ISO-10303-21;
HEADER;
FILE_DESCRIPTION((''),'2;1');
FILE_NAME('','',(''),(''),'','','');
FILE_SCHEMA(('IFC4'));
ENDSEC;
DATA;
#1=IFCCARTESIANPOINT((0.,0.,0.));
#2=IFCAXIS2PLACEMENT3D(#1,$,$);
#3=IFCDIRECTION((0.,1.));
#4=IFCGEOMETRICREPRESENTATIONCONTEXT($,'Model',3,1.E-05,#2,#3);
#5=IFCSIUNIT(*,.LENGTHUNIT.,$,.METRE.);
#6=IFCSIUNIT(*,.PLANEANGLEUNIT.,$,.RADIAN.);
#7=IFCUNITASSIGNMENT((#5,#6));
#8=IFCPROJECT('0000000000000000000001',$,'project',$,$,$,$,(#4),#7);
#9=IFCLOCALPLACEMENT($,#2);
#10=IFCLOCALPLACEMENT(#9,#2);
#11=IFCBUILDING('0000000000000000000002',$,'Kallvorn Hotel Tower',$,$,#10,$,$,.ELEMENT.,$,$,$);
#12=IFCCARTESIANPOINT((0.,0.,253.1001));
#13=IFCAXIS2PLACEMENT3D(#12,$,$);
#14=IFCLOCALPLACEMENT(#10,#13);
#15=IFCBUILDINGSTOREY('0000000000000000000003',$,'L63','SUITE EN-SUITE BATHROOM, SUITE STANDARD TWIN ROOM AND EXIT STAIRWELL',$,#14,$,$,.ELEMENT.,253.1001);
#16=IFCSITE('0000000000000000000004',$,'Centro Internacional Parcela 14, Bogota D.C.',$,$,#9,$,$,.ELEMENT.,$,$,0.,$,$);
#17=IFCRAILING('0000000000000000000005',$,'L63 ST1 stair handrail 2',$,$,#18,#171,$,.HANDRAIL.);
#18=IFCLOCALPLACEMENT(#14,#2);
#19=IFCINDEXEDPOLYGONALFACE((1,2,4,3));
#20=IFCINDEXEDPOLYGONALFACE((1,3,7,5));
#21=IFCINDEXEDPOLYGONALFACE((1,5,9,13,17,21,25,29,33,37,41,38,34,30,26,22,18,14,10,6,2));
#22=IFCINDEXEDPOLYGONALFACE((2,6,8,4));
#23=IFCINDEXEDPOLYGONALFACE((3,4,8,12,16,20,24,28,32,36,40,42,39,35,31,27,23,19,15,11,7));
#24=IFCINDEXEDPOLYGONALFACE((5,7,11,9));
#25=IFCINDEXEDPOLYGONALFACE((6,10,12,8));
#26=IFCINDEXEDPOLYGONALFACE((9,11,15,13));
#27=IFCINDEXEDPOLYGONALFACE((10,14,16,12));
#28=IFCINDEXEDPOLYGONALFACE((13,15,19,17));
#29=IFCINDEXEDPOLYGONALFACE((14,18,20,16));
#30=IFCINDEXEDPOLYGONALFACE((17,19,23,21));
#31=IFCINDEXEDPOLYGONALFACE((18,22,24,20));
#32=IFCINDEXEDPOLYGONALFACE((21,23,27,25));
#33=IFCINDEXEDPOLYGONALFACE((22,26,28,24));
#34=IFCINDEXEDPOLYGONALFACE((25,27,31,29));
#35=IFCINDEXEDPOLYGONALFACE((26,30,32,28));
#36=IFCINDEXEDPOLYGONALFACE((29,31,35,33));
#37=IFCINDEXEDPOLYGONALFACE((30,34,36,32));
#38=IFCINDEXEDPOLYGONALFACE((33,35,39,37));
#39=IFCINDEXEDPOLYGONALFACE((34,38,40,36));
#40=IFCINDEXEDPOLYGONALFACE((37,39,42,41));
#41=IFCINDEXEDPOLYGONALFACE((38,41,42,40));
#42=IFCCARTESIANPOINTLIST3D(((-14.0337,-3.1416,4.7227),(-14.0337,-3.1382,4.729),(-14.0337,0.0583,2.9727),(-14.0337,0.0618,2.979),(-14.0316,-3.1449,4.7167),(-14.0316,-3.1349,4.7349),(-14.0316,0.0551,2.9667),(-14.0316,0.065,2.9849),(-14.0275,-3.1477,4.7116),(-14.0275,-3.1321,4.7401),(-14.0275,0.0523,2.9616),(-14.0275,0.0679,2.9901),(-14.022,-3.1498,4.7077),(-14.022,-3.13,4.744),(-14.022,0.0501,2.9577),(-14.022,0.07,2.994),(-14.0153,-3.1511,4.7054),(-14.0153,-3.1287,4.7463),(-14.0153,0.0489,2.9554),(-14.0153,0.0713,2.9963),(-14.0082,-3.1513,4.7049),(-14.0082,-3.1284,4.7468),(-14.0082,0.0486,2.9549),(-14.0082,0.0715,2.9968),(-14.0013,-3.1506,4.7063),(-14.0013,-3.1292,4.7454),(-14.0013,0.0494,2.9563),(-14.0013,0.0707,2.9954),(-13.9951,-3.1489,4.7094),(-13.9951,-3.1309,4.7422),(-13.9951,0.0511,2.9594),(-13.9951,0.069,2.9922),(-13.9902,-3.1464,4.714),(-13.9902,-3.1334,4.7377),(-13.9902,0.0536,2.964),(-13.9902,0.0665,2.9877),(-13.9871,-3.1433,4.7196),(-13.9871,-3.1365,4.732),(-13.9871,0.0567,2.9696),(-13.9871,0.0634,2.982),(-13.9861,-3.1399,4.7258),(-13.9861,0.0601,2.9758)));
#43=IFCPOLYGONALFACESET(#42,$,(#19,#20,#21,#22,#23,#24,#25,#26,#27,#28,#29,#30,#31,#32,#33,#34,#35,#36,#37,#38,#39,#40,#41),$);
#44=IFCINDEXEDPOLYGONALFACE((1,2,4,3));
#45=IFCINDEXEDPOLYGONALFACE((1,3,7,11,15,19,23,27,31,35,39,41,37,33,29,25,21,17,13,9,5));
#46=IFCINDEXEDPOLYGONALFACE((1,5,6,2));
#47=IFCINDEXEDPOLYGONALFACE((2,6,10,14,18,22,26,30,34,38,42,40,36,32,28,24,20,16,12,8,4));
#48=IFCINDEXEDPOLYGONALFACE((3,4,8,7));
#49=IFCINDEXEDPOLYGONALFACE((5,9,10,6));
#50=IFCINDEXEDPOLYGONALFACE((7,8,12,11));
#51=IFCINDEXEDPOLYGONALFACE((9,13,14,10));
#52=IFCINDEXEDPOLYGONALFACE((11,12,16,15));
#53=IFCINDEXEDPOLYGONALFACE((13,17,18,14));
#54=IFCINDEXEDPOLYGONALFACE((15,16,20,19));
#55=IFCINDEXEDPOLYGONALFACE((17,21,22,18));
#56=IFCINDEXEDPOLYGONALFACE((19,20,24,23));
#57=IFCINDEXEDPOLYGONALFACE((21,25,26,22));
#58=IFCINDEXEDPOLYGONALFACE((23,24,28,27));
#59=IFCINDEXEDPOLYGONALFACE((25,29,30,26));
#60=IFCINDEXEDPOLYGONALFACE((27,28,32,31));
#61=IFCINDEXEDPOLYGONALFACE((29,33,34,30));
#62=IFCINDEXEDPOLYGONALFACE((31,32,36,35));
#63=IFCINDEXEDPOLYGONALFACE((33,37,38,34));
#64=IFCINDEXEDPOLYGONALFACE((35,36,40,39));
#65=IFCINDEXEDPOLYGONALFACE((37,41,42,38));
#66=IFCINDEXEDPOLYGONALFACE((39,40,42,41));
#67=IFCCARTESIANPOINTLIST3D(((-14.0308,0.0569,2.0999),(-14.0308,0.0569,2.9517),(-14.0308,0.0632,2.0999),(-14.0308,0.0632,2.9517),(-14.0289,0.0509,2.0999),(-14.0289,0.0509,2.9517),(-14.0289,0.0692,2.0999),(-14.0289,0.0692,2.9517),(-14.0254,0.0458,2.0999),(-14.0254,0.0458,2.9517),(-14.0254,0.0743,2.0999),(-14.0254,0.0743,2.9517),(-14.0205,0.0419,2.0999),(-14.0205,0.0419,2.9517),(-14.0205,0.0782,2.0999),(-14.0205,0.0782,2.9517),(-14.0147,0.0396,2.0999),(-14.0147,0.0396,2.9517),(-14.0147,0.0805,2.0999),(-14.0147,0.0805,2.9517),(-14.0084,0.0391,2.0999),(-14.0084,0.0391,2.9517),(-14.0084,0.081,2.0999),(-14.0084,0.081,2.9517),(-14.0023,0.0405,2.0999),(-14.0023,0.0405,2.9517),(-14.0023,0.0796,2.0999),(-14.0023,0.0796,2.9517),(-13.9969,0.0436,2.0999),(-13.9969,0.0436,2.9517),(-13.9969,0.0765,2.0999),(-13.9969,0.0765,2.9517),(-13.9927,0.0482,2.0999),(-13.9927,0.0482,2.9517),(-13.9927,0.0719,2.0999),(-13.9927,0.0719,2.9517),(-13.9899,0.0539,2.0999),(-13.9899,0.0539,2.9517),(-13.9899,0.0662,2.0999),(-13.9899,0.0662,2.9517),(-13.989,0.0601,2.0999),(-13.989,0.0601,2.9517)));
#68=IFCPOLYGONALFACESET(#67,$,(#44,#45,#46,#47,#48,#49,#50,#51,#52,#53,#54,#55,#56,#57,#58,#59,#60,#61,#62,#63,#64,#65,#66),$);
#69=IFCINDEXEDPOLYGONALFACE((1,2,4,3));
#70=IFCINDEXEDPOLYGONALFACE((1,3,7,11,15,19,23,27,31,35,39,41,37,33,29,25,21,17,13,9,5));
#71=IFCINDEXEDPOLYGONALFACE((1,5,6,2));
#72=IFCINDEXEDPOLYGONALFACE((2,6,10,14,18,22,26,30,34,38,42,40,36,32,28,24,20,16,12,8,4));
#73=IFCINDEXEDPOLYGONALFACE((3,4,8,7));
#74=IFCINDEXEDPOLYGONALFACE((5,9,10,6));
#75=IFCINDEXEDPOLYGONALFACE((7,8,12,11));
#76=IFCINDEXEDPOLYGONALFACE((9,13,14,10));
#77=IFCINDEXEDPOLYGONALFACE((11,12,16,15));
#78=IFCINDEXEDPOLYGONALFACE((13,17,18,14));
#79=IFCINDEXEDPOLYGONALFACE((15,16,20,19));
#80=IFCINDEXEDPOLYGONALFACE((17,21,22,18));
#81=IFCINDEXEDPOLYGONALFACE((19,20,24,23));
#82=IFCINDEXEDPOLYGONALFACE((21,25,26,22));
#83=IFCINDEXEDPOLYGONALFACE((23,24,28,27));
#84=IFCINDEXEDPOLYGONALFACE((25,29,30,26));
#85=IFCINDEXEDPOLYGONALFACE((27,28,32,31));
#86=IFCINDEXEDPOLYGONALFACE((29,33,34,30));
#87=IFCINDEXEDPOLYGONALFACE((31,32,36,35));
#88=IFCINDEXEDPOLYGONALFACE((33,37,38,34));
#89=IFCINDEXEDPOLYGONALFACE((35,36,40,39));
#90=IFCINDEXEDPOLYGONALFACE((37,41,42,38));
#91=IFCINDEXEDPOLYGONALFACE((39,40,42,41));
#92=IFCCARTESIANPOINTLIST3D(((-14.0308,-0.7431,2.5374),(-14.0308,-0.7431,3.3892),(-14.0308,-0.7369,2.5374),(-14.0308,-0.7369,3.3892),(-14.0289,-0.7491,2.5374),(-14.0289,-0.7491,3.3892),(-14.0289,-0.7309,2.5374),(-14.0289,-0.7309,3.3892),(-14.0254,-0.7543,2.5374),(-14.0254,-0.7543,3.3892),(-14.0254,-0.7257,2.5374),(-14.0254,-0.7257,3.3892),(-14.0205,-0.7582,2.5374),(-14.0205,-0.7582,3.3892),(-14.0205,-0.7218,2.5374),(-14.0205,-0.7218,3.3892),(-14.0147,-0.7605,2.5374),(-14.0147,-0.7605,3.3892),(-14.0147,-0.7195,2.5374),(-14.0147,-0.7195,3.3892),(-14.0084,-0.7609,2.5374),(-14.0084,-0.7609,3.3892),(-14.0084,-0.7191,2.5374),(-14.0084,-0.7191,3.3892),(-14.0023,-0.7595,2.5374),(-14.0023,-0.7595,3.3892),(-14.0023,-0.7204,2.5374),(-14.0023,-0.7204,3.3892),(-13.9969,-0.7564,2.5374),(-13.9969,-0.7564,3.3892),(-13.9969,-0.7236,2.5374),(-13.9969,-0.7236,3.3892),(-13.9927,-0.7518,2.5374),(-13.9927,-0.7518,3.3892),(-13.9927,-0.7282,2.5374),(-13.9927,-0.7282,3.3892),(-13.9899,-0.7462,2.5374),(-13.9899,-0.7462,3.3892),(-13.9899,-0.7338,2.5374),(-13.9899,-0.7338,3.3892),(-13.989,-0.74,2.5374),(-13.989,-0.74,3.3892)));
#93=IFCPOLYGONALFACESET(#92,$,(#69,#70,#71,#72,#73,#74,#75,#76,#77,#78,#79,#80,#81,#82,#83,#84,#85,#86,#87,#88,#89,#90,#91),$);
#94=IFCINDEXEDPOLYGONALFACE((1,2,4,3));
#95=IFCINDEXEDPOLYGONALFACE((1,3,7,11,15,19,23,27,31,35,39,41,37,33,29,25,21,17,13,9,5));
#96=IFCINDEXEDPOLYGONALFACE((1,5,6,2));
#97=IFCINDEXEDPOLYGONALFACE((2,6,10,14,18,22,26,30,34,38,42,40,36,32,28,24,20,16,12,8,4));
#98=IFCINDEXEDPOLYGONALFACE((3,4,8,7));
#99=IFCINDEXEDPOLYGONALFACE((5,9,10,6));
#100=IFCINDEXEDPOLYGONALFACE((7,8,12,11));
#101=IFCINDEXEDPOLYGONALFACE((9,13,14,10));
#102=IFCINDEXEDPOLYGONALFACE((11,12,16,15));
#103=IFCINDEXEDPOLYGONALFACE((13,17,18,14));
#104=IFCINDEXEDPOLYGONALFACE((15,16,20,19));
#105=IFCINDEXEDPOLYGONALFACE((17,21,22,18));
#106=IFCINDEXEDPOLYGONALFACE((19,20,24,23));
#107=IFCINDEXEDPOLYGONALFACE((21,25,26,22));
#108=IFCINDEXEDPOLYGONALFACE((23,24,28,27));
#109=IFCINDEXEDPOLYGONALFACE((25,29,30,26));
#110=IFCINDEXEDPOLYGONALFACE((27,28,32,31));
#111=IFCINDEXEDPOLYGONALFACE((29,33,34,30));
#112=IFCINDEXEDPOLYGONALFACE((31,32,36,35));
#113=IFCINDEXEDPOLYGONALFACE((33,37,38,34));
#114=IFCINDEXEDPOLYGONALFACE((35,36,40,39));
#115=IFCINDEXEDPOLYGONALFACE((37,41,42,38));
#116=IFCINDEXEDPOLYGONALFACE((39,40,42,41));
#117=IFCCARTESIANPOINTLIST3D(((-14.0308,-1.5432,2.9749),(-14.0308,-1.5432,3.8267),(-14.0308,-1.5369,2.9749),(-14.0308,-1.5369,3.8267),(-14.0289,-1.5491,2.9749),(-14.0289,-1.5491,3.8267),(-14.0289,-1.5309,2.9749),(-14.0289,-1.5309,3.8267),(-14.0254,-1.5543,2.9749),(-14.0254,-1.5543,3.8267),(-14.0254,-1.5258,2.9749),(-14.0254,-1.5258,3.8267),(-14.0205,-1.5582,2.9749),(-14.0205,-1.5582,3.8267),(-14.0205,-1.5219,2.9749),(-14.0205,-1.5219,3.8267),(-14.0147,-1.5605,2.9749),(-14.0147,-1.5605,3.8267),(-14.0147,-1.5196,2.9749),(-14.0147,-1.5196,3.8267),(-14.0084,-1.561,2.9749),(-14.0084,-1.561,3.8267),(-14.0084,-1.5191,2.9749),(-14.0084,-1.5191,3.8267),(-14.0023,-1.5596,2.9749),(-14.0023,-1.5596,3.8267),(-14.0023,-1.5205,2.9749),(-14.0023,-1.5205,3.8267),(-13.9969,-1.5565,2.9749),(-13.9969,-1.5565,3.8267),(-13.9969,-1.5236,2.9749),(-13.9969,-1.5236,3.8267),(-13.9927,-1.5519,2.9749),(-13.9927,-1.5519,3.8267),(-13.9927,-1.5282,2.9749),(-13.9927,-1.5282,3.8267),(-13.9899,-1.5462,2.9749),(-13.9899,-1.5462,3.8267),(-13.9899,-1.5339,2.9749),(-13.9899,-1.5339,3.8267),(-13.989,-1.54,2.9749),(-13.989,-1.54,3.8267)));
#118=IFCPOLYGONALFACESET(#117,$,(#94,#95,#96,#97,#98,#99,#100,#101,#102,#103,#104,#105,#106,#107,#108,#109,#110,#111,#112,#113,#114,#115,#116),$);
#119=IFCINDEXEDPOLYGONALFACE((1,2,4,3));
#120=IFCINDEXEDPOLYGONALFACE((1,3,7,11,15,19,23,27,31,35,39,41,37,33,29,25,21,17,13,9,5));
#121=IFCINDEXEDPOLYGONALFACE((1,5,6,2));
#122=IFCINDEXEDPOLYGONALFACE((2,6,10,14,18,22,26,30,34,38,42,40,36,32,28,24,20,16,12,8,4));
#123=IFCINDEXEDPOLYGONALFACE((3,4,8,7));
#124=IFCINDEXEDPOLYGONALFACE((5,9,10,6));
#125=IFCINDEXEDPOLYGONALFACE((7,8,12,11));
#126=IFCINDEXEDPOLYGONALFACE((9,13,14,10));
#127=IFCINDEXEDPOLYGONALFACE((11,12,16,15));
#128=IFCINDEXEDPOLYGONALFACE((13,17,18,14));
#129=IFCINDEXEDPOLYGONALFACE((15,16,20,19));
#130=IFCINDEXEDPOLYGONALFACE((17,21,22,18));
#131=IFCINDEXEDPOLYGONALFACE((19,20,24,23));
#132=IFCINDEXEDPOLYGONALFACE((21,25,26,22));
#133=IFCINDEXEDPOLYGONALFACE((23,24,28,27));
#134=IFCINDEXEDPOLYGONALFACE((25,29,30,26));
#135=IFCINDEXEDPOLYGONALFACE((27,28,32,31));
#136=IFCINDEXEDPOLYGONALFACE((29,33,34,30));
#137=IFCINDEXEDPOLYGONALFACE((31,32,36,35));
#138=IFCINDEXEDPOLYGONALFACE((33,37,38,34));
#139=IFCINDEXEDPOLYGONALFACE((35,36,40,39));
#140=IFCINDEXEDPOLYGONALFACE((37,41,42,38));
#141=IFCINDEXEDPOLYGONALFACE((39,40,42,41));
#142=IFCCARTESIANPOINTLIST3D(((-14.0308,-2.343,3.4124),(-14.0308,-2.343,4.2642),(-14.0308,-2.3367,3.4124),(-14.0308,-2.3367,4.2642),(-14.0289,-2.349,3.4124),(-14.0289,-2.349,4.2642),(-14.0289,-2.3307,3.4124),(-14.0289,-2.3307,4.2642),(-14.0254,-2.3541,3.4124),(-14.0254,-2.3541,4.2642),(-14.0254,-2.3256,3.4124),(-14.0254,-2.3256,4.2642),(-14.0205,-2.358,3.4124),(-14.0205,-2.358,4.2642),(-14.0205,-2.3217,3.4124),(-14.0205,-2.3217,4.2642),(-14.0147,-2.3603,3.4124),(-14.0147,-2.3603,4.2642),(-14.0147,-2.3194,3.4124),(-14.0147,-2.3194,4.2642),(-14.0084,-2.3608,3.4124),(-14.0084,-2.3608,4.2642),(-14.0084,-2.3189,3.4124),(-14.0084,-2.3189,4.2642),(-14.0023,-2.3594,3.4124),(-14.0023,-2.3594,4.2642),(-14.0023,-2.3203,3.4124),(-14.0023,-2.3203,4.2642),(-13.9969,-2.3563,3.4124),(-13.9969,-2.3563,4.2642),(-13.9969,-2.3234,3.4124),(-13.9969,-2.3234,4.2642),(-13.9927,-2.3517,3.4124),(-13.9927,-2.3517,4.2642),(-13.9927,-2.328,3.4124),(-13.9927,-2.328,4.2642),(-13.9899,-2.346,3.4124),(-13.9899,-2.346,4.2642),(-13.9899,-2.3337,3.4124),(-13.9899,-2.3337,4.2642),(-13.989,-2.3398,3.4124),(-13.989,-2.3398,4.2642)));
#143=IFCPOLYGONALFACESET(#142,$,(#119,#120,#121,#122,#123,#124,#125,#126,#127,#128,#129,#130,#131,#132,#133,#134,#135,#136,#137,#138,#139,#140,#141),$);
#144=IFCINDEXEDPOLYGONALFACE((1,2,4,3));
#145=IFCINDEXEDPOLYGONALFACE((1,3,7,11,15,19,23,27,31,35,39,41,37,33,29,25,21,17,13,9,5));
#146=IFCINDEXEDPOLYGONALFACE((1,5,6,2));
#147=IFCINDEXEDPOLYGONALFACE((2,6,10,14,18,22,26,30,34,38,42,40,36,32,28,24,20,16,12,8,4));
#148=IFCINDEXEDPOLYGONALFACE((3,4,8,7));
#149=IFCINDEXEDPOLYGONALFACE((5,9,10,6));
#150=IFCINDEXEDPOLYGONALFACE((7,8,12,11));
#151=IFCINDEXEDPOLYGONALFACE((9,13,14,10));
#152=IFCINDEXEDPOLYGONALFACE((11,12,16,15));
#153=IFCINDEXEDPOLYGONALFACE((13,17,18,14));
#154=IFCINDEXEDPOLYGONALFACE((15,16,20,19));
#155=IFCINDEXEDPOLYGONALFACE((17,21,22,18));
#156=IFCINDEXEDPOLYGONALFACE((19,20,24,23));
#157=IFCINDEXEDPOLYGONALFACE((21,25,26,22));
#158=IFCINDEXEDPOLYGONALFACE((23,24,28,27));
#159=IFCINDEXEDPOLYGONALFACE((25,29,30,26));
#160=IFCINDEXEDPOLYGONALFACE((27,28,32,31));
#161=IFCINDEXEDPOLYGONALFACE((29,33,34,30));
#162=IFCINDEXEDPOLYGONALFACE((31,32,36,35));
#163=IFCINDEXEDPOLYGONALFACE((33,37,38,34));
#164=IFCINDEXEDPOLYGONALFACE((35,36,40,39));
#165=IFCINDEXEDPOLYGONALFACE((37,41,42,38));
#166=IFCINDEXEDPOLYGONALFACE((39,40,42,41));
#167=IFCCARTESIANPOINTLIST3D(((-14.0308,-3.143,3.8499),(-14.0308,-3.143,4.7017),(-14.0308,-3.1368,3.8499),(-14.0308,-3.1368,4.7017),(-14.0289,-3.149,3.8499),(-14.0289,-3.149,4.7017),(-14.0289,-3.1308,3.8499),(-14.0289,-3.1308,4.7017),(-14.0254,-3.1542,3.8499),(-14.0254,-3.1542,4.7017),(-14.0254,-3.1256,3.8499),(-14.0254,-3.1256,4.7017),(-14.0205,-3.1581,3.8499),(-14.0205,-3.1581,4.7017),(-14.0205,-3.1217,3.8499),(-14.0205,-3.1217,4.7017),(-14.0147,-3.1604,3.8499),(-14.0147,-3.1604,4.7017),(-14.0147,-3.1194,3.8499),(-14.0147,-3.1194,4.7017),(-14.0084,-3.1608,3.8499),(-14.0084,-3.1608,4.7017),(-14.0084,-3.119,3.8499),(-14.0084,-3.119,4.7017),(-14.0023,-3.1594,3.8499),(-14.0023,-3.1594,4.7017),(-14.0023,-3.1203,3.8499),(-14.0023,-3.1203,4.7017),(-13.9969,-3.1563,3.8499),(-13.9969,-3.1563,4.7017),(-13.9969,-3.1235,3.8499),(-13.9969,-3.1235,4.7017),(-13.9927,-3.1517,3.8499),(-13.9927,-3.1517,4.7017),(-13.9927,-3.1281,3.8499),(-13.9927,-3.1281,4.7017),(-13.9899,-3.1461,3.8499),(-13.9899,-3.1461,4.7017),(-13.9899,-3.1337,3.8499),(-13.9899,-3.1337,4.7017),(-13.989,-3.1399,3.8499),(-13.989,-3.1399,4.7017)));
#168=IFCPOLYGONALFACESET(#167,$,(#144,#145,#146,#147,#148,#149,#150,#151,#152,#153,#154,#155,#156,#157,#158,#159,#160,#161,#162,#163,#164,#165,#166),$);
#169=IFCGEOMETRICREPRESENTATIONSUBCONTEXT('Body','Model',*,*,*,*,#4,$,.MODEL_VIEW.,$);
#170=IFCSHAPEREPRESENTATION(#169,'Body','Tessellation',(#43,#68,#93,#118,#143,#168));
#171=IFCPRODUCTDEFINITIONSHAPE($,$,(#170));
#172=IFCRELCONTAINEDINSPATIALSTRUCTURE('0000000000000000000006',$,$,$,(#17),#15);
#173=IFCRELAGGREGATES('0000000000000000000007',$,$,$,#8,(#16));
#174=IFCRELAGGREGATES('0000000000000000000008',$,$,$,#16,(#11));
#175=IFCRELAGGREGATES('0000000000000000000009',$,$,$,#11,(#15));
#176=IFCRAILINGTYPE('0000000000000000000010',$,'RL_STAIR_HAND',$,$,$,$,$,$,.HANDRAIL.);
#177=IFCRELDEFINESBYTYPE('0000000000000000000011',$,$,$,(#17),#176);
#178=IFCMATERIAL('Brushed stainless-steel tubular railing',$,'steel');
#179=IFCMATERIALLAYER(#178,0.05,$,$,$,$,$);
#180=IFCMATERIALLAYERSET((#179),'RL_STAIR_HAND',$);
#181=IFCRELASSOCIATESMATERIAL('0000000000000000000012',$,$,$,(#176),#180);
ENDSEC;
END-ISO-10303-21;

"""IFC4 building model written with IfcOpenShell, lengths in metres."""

from ifc_helpers import new_model, si_unit, direction, frame, origin, origin_2d, place, context, subcontext, project, spatial, circle, extrude, material, layer, layer_set, type_object, element, save


model = new_model("IFC4")

# Units and contexts
model_context = context("Model", 3, precision=1e-05, world=origin(), true_north=direction((0.0, 1.0)))
body_context = subcontext(model_context, "Body", "Model", "MODEL_VIEW")
ifc_project = project(units=[si_unit("LENGTHUNIT", "METRE"), si_unit("PLANEANGLEUNIT", "RADIAN")], contexts=[model_context])

# Site, building, storey
site_placement = place(None, origin())
site = spatial("IfcSite", under=ifc_project, at=site_placement, Name="Centro Internacional Parcela 14, Bogota D.C.", CompositionType="ELEMENT", RefElevation=0.0)
building_placement = place(site_placement, origin())
building = spatial("IfcBuilding", under=site, at=building_placement, Name="Kallvorn Hotel Tower", CompositionType="ELEMENT")
storey_placement = place(building_placement, frame((0.0, 0.0, 253.1001)))
storey = spatial("IfcBuildingStorey", under=building, at=storey_placement, Name="L63", Description="SUITE EN-SUITE BATHROOM, SUITE STANDARD TWIN ROOM AND EXIT STAIRWELL", CompositionType="ELEMENT", Elevation=253.1001)

# Railing
ifc_material_1 = material(Name="Brushed stainless-steel tubular railing", Category="steel")
ifc_layer_1 = layer(ifc_material_1, 0.05)
ifc_layer_set_1 = layer_set([ifc_layer_1], Name="RL_STAIR_HAND")
railing_type_1 = type_object("IfcRailingType", Name="RL_STAIR_HAND", PredefinedType="HANDRAIL", material=ifc_layer_set_1)
railing_1_placement = place(storey_placement, frame((-14.01, 0.0601, 2.0999)))
element("IfcRailing", 1, at=railing_1_placement, inside=storey, type_object=railing_type_1, Name="L63 ST1 stair handrail 2", PredefinedType="HANDRAIL", context=body_context, shape_type="SweptSolid", body=[
    extrude(circle(Radius=0.0239, at=origin_2d()), frame((0.0, 0.0, 0.876), z_axis=(0.0, -0.877368, 0.479818), x_axis=(1.0, 0.0, 0.0)), (0.0, 0.0, 1.0), 3.6472),
    extrude(circle(Radius=0.021, at=origin_2d()), origin(), (0.0, 0.0, 1.0), 0.8518),
    extrude(circle(Radius=0.021, at=origin_2d()), frame((0.0, -0.8, 0.4375)), (0.0, 0.0, 1.0), 0.8518),
    extrude(circle(Radius=0.021, at=origin_2d()), frame((0.0, -1.6001, 0.875)), (0.0, 0.0, 1.0), 0.8518),
    extrude(circle(Radius=0.021, at=origin_2d()), frame((0.0, -2.3999, 1.3125)), (0.0, 0.0, 1.0), 0.8518),
    extrude(circle(Radius=0.021, at=origin_2d()), frame((0.0, -3.2, 1.75)), (0.0, 0.0, 1.0), 0.8518),
])

save(model, "model.ifc")
